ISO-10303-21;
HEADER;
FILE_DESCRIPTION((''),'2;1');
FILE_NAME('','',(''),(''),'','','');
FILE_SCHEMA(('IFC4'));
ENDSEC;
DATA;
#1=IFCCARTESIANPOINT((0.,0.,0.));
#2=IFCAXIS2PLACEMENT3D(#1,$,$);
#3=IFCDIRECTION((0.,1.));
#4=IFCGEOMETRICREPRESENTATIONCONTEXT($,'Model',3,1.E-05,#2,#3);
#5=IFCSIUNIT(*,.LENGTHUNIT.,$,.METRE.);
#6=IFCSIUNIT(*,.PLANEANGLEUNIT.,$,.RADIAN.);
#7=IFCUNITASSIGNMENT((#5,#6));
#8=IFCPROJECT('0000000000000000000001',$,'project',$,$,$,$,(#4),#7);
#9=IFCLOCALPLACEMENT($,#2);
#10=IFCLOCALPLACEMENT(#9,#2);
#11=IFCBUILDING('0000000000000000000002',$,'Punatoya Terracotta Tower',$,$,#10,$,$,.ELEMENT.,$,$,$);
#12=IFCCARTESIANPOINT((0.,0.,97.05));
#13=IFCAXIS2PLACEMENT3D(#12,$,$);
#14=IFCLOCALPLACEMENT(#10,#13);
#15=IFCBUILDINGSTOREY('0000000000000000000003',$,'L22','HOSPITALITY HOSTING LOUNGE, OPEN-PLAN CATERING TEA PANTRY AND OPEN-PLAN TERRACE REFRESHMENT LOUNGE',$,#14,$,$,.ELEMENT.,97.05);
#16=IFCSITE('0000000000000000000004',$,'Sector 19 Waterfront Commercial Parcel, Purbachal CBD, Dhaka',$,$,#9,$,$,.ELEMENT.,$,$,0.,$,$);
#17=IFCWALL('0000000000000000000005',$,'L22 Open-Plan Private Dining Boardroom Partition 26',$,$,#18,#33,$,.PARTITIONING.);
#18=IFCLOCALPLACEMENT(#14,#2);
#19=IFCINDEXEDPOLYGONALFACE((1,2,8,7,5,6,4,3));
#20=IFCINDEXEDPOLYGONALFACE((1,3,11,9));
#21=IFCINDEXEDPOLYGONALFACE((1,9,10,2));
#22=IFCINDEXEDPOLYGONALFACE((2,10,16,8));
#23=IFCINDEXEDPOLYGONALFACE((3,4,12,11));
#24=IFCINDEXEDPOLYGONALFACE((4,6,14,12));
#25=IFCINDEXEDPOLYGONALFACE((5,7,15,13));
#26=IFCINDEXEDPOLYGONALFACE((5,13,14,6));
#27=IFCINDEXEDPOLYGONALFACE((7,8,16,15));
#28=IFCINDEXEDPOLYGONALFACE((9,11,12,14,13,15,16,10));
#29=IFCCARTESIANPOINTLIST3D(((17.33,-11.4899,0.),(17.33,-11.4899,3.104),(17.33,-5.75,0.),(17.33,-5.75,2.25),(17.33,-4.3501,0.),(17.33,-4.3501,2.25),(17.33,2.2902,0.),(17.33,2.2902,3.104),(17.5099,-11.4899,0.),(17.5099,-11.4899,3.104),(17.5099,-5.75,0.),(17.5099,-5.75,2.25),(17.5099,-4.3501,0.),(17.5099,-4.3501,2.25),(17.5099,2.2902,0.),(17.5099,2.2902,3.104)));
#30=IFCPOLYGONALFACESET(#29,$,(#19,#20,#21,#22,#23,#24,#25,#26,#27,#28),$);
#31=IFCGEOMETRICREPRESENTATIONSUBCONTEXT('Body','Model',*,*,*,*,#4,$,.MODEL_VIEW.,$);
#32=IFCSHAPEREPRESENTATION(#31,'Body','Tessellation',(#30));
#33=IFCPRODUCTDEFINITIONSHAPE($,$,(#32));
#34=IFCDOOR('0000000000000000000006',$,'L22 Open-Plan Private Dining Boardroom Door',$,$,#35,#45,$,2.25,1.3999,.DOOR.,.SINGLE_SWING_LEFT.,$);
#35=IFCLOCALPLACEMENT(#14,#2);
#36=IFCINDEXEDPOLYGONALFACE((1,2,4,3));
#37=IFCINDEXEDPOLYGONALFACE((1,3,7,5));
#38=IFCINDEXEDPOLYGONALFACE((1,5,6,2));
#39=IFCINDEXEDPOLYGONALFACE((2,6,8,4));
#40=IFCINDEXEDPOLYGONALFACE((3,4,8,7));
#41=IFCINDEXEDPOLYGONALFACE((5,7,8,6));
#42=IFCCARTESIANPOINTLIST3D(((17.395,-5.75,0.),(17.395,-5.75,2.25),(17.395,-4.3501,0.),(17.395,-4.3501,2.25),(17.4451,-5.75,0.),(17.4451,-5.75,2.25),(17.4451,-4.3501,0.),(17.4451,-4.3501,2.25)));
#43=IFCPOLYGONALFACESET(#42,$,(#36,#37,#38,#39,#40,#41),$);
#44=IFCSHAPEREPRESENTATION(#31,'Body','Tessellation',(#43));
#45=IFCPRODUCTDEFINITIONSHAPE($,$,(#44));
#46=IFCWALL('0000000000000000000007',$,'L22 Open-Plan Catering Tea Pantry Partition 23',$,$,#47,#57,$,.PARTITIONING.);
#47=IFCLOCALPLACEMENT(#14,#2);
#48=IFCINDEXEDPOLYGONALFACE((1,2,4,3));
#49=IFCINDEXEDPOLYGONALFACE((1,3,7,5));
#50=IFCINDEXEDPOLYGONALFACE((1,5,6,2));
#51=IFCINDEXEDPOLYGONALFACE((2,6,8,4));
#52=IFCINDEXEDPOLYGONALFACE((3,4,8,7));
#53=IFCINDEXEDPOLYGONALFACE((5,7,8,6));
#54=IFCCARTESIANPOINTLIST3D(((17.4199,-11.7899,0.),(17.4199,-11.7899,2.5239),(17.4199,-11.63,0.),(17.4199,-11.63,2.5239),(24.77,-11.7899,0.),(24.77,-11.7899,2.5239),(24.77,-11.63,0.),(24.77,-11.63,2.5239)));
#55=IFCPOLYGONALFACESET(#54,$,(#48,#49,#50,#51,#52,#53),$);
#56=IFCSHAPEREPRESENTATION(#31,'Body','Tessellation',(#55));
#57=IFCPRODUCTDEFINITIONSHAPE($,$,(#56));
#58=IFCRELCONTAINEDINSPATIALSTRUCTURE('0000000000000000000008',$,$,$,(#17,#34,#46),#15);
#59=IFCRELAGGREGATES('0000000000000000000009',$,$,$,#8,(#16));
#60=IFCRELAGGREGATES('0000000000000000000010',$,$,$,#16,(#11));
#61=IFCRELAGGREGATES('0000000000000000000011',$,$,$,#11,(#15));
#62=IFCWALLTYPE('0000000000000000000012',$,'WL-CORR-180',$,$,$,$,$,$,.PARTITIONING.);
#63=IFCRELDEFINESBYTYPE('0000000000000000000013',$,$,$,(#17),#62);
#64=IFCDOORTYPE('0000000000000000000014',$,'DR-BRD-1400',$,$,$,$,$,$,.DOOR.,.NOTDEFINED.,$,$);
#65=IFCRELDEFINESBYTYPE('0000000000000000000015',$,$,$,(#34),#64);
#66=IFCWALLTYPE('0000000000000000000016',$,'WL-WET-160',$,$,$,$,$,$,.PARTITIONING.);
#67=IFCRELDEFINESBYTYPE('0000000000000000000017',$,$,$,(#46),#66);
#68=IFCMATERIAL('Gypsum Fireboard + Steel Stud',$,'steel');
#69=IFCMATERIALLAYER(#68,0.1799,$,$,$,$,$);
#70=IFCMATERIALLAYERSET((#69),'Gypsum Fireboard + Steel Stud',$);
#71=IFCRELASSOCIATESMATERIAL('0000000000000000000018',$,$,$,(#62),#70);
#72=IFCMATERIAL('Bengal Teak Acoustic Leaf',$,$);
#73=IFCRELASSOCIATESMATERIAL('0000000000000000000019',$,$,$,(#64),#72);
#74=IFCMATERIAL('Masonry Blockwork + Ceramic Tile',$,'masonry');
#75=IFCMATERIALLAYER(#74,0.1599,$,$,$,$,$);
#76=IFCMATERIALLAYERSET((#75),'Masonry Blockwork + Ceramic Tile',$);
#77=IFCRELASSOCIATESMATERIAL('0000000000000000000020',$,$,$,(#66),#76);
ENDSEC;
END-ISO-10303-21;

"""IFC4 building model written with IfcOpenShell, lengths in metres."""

from ifc_helpers import new_model, si_unit, direction, frame, frame_2d, origin, place, context, subcontext, project, spatial, rectangle, extrude, material, layer, layer_set, type_object, element, fill, save


model = new_model("IFC4")

# Units and contexts
model_context = context("Model", 3, precision=1e-05, world=origin(), true_north=direction((0.0, 1.0)))
body_context = subcontext(model_context, "Body", "Model", "MODEL_VIEW")
ifc_project = project(units=[si_unit("LENGTHUNIT", "METRE"), si_unit("PLANEANGLEUNIT", "RADIAN")], contexts=[model_context])

# Site, building, storey
site_placement = place(None, origin())
site = spatial("IfcSite", under=ifc_project, at=site_placement, Name="Sector 19 Waterfront Commercial Parcel, Purbachal CBD, Dhaka", CompositionType="ELEMENT", RefElevation=0.0)
building_placement = place(site_placement, origin())
building = spatial("IfcBuilding", under=site, at=building_placement, Name="Punatoya Terracotta Tower", CompositionType="ELEMENT")
storey_placement = place(building_placement, frame((0.0, 0.0, 97.05)))
storey = spatial("IfcBuildingStorey", under=building, at=storey_placement, Name="L22", Description="HOSPITALITY HOSTING LOUNGE, OPEN-PLAN CATERING TEA PANTRY AND OPEN-PLAN TERRACE REFRESHMENT LOUNGE", CompositionType="ELEMENT", Elevation=97.05)

# Wall, opening, door
ifc_material_1 = material(Name="Gypsum Fireboard + Steel Stud", Category="steel")
ifc_layer_1 = layer(ifc_material_1, 0.1799)
ifc_layer_set_1 = layer_set([ifc_layer_1], Name="Gypsum Fireboard + Steel Stud")
wall_type_1 = type_object("IfcWallType", Name="WL-CORR-180", PredefinedType="PARTITIONING", material=ifc_layer_set_1)
wall_1_placement = place(storey_placement, frame((17.4199, -11.49, 0.0), z_axis=(0.0, 0.0, 1.0), x_axis=(0.0, 1.0, 0.0)))
wall_1 = element("IfcWall", 1, at=wall_1_placement, inside=storey, type_object=wall_type_1, Name="L22 Open-Plan Private Dining Boardroom Partition 26", PredefinedType="PARTITIONING", context=body_context, shape_type="SweptSolid", body=[
    extrude(rectangle(XDim=13.78, YDim=0.1799, at=frame_2d((6.8901, 0.0))), origin(), (0.0, 0.0, 1.0), 3.104),
])
opening_placement = place(wall_1_placement, frame((5.74, 0.0, 0.0)))
opening = element("IfcOpeningElement", 2, at=opening_placement, cuts=wall_1, PredefinedType="OPENING", context=body_context, shape_type="SweptSolid", body=[
    extrude(rectangle(XDim=1.3999, YDim=2.25, at=frame_2d((0.7, 1.125))), frame((0.0, 0.0999, 0.0), z_axis=(0.0, -1.0, 0.0), x_axis=(1.0, 0.0, 0.0)), (0.0, 0.0, 1.0), 0.2),
])
ifc_material_2 = material(Name="Bengal Teak Acoustic Leaf")
door_type = type_object("IfcDoorType", Name="DR-BRD-1400", OperationType="NOTDEFINED", PredefinedType="DOOR", material=ifc_material_2)
door_placement = place(opening_placement, origin())
door = element("IfcDoor", 3, at=door_placement, inside=storey, type_object=door_type, Name="L22 Open-Plan Private Dining Boardroom Door", OperationType="SINGLE_SWING_LEFT", OverallHeight=2.25, OverallWidth=1.3999, PredefinedType="DOOR", context=body_context, shape_type="SweptSolid", body=[
    extrude(rectangle(XDim=1.3999, YDim=2.25, at=frame_2d((0.7, 1.125))), frame((0.0, 0.0249, 0.0), z_axis=(0.0, -1.0, 0.0), x_axis=(1.0, 0.0, 0.0)), (0.0, 0.0, 1.0), 0.05),
])
fill(opening, door)

# Wall
ifc_material_3 = material(Name="Masonry Blockwork + Ceramic Tile", Category="masonry")
ifc_layer_2 = layer(ifc_material_3, 0.1599)
ifc_layer_set_2 = layer_set([ifc_layer_2], Name="Masonry Blockwork + Ceramic Tile")
wall_type_2 = type_object("IfcWallType", Name="WL-WET-160", PredefinedType="PARTITIONING", material=ifc_layer_set_2)
wall_2_placement = place(storey_placement, frame((17.4199, -11.71, 0.0), z_axis=(0.0, 0.0, 1.0), x_axis=(1.0, 0.0, 0.0)))
element("IfcWall", 4, at=wall_2_placement, inside=storey, type_object=wall_type_2, Name="L22 Open-Plan Catering Tea Pantry Partition 23", PredefinedType="PARTITIONING", context=body_context, shape_type="SweptSolid", body=[
    extrude(rectangle(XDim=7.3501, YDim=0.1599, at=frame_2d((3.675, 0.0))), origin(), (0.0, 0.0, 1.0), 2.5239),
])

save(model, "model.ifc")
